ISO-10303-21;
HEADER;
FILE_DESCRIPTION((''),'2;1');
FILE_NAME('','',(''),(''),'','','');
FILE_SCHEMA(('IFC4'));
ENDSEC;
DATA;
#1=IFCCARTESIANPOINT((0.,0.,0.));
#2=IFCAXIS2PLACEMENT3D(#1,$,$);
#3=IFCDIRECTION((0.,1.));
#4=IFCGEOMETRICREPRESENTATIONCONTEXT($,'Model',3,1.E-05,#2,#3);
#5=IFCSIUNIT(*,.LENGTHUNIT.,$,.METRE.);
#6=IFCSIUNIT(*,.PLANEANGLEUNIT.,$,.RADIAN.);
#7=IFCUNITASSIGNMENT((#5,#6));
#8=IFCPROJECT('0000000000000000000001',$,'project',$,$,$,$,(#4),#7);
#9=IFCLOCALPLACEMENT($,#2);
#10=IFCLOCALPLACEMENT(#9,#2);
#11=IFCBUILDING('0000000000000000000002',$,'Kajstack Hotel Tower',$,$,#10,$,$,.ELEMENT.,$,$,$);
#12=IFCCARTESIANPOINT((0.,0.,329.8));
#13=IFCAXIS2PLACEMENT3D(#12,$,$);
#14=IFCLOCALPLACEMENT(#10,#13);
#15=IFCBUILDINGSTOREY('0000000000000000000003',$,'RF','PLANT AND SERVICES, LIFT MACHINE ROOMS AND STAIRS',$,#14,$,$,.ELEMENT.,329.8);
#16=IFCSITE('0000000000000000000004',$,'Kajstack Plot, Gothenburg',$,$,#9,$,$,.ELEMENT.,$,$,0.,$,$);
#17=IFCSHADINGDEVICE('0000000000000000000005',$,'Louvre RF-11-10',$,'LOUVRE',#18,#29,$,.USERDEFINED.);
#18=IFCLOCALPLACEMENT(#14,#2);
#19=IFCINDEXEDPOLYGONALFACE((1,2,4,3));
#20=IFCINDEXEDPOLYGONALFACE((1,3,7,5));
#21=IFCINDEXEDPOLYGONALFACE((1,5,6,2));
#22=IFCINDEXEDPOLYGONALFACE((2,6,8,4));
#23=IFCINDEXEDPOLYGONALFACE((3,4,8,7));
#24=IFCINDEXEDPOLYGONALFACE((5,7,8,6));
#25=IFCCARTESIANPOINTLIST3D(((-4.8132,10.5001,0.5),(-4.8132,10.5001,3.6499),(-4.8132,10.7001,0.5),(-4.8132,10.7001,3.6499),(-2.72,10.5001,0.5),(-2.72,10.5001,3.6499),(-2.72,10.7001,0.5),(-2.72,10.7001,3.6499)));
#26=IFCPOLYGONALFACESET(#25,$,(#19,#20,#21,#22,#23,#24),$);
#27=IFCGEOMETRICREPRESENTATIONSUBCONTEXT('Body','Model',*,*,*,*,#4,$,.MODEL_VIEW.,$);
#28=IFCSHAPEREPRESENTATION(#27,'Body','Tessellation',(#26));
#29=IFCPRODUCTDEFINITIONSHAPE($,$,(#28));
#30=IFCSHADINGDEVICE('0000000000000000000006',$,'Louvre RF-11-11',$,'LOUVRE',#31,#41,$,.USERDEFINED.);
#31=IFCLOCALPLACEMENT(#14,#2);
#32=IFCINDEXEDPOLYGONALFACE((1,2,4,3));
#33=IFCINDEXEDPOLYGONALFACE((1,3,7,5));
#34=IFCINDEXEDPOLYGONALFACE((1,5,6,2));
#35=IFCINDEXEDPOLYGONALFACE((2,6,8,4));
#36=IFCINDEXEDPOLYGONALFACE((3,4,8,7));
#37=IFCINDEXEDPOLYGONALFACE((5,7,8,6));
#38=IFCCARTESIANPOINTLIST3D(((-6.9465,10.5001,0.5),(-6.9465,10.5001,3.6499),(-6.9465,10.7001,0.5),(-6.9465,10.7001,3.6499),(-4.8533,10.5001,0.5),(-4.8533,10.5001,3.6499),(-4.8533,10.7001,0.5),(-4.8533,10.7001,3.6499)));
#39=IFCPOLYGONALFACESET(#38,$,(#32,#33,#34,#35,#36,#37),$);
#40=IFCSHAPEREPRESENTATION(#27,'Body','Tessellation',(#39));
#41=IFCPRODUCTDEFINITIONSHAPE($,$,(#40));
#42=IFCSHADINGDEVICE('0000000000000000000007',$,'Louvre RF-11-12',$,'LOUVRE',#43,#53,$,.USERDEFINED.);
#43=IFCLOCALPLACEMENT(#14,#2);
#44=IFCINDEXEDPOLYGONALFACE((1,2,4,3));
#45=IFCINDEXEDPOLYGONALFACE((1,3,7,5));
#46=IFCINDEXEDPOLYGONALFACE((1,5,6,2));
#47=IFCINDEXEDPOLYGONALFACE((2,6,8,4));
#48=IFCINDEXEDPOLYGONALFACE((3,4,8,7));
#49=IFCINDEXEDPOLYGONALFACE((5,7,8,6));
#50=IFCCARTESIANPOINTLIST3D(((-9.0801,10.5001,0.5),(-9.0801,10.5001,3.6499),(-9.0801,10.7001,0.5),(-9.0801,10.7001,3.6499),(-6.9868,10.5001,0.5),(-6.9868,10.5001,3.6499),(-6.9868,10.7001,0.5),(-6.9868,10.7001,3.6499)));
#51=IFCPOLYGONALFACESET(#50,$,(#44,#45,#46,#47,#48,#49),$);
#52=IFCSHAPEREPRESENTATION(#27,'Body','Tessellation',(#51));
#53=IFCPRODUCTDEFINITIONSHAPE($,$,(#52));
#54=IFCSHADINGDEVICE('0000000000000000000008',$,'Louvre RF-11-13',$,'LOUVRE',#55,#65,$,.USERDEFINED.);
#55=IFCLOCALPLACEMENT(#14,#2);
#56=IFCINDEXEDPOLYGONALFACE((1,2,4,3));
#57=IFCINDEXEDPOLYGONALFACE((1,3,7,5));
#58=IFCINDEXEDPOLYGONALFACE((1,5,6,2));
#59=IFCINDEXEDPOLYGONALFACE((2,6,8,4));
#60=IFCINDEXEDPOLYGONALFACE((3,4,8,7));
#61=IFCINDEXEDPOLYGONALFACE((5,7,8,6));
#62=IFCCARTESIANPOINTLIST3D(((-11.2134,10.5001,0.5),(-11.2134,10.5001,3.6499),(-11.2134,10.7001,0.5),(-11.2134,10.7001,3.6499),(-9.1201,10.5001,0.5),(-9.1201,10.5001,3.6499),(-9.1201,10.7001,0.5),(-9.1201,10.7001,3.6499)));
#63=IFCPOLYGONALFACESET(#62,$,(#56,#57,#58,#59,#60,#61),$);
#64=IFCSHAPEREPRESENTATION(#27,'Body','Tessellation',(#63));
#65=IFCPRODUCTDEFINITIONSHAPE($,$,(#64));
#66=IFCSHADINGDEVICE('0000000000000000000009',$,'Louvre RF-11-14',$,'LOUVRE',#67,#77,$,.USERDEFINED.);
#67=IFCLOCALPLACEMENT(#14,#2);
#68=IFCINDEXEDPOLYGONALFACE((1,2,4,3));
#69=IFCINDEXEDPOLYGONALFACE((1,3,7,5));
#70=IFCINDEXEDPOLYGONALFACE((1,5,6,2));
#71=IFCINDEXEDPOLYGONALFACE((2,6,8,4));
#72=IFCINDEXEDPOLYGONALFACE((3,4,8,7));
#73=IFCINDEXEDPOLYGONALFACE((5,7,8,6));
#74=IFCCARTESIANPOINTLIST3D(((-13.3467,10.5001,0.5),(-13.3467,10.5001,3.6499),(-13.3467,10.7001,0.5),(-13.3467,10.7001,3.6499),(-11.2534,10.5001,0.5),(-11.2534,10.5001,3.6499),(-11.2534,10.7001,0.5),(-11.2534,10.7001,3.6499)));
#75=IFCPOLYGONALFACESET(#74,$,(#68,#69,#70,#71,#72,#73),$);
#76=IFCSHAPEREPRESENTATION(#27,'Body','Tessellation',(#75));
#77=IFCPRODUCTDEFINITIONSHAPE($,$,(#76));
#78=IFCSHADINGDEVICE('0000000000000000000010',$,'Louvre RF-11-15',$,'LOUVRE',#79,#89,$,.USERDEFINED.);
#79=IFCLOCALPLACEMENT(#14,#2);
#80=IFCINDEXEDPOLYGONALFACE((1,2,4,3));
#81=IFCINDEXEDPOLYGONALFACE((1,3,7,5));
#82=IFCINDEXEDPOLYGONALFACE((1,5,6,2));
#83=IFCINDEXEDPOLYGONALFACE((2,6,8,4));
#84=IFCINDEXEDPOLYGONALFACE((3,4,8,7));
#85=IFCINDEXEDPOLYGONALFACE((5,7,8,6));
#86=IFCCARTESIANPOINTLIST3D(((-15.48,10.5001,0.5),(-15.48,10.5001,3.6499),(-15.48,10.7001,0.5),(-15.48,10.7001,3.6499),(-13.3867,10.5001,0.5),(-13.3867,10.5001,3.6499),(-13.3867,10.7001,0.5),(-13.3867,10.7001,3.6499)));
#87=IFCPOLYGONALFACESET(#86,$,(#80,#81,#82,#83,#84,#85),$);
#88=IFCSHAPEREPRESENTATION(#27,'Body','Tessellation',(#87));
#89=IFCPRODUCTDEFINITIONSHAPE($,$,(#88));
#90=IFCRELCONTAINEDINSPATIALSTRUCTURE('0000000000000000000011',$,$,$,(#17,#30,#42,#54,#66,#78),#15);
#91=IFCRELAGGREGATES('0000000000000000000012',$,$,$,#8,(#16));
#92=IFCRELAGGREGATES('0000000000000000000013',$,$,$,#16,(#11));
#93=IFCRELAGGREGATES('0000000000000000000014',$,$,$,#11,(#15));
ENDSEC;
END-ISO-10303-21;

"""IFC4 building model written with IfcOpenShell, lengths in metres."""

from ifc_helpers import new_model, si_unit, direction, frame, origin, origin_2d, place, context, subcontext, project, spatial, rectangle, extrude, element, save


model = new_model("IFC4")

# Units and contexts
model_context = context("Model", 3, precision=1e-05, world=origin(), true_north=direction((0.0, 1.0)))
body_context = subcontext(model_context, "Body", "Model", "MODEL_VIEW")
ifc_project = project(units=[si_unit("LENGTHUNIT", "METRE"), si_unit("PLANEANGLEUNIT", "RADIAN")], contexts=[model_context])

# Site, building, storey
site_placement = place(None, origin())
site = spatial("IfcSite", under=ifc_project, at=site_placement, Name="Kajstack Plot, Gothenburg", CompositionType="ELEMENT", RefElevation=0.0)
building_placement = place(site_placement, origin())
building = spatial("IfcBuilding", under=site, at=building_placement, Name="Kajstack Hotel Tower", CompositionType="ELEMENT")
storey_placement = place(building_placement, frame((0.0, 0.0, 329.8)))
storey = spatial("IfcBuildingStorey", under=building, at=storey_placement, Name="RF", Description="PLANT AND SERVICES, LIFT MACHINE ROOMS AND STAIRS", CompositionType="ELEMENT", Elevation=329.8)

# Shading devices
for number, where, z_axis, x_axis, name in (
    (1, (-3.7666, 10.6001, 0.5), (0.0, 0.0, 1.0), (-1.0, 0.0, 0.0), "Louvre RF-11-10"),
    (2, (-5.8999, 10.6001, 0.5), (0.0, 0.0, 1.0), (-1.0, 0.0, 0.0), "Louvre RF-11-11"),
    (3, (-8.0334, 10.6001, 0.5), (0.0, 0.0, 1.0), (-1.0, 0.0, 0.0), "Louvre RF-11-12"),
    (4, (-10.1667, 10.6001, 0.5), (0.0, 0.0, 1.0), (-1.0, 0.0, 0.0), "Louvre RF-11-13"),
    (5, (-12.3, 10.6001, 0.5), (0.0, 0.0, 1.0), (-1.0, 0.0, 0.0), "Louvre RF-11-14"),
    (6, (-14.4333, 10.6001, 0.5), (0.0, 0.0, 1.0), (-1.0, 0.0, 0.0), "Louvre RF-11-15"),
):
    element("IfcShadingDevice", number, at=place(storey_placement, frame(where, z_axis=z_axis, x_axis=x_axis)), inside=storey, Name=name, ObjectType="LOUVRE", PredefinedType="USERDEFINED", context=body_context, shape_type="SweptSolid", body=[
        extrude(rectangle(XDim=2.0933, YDim=0.2, at=origin_2d()), origin(), (0.0, 0.0, 1.0), 3.1499),
    ])

save(model, "model.ifc")
